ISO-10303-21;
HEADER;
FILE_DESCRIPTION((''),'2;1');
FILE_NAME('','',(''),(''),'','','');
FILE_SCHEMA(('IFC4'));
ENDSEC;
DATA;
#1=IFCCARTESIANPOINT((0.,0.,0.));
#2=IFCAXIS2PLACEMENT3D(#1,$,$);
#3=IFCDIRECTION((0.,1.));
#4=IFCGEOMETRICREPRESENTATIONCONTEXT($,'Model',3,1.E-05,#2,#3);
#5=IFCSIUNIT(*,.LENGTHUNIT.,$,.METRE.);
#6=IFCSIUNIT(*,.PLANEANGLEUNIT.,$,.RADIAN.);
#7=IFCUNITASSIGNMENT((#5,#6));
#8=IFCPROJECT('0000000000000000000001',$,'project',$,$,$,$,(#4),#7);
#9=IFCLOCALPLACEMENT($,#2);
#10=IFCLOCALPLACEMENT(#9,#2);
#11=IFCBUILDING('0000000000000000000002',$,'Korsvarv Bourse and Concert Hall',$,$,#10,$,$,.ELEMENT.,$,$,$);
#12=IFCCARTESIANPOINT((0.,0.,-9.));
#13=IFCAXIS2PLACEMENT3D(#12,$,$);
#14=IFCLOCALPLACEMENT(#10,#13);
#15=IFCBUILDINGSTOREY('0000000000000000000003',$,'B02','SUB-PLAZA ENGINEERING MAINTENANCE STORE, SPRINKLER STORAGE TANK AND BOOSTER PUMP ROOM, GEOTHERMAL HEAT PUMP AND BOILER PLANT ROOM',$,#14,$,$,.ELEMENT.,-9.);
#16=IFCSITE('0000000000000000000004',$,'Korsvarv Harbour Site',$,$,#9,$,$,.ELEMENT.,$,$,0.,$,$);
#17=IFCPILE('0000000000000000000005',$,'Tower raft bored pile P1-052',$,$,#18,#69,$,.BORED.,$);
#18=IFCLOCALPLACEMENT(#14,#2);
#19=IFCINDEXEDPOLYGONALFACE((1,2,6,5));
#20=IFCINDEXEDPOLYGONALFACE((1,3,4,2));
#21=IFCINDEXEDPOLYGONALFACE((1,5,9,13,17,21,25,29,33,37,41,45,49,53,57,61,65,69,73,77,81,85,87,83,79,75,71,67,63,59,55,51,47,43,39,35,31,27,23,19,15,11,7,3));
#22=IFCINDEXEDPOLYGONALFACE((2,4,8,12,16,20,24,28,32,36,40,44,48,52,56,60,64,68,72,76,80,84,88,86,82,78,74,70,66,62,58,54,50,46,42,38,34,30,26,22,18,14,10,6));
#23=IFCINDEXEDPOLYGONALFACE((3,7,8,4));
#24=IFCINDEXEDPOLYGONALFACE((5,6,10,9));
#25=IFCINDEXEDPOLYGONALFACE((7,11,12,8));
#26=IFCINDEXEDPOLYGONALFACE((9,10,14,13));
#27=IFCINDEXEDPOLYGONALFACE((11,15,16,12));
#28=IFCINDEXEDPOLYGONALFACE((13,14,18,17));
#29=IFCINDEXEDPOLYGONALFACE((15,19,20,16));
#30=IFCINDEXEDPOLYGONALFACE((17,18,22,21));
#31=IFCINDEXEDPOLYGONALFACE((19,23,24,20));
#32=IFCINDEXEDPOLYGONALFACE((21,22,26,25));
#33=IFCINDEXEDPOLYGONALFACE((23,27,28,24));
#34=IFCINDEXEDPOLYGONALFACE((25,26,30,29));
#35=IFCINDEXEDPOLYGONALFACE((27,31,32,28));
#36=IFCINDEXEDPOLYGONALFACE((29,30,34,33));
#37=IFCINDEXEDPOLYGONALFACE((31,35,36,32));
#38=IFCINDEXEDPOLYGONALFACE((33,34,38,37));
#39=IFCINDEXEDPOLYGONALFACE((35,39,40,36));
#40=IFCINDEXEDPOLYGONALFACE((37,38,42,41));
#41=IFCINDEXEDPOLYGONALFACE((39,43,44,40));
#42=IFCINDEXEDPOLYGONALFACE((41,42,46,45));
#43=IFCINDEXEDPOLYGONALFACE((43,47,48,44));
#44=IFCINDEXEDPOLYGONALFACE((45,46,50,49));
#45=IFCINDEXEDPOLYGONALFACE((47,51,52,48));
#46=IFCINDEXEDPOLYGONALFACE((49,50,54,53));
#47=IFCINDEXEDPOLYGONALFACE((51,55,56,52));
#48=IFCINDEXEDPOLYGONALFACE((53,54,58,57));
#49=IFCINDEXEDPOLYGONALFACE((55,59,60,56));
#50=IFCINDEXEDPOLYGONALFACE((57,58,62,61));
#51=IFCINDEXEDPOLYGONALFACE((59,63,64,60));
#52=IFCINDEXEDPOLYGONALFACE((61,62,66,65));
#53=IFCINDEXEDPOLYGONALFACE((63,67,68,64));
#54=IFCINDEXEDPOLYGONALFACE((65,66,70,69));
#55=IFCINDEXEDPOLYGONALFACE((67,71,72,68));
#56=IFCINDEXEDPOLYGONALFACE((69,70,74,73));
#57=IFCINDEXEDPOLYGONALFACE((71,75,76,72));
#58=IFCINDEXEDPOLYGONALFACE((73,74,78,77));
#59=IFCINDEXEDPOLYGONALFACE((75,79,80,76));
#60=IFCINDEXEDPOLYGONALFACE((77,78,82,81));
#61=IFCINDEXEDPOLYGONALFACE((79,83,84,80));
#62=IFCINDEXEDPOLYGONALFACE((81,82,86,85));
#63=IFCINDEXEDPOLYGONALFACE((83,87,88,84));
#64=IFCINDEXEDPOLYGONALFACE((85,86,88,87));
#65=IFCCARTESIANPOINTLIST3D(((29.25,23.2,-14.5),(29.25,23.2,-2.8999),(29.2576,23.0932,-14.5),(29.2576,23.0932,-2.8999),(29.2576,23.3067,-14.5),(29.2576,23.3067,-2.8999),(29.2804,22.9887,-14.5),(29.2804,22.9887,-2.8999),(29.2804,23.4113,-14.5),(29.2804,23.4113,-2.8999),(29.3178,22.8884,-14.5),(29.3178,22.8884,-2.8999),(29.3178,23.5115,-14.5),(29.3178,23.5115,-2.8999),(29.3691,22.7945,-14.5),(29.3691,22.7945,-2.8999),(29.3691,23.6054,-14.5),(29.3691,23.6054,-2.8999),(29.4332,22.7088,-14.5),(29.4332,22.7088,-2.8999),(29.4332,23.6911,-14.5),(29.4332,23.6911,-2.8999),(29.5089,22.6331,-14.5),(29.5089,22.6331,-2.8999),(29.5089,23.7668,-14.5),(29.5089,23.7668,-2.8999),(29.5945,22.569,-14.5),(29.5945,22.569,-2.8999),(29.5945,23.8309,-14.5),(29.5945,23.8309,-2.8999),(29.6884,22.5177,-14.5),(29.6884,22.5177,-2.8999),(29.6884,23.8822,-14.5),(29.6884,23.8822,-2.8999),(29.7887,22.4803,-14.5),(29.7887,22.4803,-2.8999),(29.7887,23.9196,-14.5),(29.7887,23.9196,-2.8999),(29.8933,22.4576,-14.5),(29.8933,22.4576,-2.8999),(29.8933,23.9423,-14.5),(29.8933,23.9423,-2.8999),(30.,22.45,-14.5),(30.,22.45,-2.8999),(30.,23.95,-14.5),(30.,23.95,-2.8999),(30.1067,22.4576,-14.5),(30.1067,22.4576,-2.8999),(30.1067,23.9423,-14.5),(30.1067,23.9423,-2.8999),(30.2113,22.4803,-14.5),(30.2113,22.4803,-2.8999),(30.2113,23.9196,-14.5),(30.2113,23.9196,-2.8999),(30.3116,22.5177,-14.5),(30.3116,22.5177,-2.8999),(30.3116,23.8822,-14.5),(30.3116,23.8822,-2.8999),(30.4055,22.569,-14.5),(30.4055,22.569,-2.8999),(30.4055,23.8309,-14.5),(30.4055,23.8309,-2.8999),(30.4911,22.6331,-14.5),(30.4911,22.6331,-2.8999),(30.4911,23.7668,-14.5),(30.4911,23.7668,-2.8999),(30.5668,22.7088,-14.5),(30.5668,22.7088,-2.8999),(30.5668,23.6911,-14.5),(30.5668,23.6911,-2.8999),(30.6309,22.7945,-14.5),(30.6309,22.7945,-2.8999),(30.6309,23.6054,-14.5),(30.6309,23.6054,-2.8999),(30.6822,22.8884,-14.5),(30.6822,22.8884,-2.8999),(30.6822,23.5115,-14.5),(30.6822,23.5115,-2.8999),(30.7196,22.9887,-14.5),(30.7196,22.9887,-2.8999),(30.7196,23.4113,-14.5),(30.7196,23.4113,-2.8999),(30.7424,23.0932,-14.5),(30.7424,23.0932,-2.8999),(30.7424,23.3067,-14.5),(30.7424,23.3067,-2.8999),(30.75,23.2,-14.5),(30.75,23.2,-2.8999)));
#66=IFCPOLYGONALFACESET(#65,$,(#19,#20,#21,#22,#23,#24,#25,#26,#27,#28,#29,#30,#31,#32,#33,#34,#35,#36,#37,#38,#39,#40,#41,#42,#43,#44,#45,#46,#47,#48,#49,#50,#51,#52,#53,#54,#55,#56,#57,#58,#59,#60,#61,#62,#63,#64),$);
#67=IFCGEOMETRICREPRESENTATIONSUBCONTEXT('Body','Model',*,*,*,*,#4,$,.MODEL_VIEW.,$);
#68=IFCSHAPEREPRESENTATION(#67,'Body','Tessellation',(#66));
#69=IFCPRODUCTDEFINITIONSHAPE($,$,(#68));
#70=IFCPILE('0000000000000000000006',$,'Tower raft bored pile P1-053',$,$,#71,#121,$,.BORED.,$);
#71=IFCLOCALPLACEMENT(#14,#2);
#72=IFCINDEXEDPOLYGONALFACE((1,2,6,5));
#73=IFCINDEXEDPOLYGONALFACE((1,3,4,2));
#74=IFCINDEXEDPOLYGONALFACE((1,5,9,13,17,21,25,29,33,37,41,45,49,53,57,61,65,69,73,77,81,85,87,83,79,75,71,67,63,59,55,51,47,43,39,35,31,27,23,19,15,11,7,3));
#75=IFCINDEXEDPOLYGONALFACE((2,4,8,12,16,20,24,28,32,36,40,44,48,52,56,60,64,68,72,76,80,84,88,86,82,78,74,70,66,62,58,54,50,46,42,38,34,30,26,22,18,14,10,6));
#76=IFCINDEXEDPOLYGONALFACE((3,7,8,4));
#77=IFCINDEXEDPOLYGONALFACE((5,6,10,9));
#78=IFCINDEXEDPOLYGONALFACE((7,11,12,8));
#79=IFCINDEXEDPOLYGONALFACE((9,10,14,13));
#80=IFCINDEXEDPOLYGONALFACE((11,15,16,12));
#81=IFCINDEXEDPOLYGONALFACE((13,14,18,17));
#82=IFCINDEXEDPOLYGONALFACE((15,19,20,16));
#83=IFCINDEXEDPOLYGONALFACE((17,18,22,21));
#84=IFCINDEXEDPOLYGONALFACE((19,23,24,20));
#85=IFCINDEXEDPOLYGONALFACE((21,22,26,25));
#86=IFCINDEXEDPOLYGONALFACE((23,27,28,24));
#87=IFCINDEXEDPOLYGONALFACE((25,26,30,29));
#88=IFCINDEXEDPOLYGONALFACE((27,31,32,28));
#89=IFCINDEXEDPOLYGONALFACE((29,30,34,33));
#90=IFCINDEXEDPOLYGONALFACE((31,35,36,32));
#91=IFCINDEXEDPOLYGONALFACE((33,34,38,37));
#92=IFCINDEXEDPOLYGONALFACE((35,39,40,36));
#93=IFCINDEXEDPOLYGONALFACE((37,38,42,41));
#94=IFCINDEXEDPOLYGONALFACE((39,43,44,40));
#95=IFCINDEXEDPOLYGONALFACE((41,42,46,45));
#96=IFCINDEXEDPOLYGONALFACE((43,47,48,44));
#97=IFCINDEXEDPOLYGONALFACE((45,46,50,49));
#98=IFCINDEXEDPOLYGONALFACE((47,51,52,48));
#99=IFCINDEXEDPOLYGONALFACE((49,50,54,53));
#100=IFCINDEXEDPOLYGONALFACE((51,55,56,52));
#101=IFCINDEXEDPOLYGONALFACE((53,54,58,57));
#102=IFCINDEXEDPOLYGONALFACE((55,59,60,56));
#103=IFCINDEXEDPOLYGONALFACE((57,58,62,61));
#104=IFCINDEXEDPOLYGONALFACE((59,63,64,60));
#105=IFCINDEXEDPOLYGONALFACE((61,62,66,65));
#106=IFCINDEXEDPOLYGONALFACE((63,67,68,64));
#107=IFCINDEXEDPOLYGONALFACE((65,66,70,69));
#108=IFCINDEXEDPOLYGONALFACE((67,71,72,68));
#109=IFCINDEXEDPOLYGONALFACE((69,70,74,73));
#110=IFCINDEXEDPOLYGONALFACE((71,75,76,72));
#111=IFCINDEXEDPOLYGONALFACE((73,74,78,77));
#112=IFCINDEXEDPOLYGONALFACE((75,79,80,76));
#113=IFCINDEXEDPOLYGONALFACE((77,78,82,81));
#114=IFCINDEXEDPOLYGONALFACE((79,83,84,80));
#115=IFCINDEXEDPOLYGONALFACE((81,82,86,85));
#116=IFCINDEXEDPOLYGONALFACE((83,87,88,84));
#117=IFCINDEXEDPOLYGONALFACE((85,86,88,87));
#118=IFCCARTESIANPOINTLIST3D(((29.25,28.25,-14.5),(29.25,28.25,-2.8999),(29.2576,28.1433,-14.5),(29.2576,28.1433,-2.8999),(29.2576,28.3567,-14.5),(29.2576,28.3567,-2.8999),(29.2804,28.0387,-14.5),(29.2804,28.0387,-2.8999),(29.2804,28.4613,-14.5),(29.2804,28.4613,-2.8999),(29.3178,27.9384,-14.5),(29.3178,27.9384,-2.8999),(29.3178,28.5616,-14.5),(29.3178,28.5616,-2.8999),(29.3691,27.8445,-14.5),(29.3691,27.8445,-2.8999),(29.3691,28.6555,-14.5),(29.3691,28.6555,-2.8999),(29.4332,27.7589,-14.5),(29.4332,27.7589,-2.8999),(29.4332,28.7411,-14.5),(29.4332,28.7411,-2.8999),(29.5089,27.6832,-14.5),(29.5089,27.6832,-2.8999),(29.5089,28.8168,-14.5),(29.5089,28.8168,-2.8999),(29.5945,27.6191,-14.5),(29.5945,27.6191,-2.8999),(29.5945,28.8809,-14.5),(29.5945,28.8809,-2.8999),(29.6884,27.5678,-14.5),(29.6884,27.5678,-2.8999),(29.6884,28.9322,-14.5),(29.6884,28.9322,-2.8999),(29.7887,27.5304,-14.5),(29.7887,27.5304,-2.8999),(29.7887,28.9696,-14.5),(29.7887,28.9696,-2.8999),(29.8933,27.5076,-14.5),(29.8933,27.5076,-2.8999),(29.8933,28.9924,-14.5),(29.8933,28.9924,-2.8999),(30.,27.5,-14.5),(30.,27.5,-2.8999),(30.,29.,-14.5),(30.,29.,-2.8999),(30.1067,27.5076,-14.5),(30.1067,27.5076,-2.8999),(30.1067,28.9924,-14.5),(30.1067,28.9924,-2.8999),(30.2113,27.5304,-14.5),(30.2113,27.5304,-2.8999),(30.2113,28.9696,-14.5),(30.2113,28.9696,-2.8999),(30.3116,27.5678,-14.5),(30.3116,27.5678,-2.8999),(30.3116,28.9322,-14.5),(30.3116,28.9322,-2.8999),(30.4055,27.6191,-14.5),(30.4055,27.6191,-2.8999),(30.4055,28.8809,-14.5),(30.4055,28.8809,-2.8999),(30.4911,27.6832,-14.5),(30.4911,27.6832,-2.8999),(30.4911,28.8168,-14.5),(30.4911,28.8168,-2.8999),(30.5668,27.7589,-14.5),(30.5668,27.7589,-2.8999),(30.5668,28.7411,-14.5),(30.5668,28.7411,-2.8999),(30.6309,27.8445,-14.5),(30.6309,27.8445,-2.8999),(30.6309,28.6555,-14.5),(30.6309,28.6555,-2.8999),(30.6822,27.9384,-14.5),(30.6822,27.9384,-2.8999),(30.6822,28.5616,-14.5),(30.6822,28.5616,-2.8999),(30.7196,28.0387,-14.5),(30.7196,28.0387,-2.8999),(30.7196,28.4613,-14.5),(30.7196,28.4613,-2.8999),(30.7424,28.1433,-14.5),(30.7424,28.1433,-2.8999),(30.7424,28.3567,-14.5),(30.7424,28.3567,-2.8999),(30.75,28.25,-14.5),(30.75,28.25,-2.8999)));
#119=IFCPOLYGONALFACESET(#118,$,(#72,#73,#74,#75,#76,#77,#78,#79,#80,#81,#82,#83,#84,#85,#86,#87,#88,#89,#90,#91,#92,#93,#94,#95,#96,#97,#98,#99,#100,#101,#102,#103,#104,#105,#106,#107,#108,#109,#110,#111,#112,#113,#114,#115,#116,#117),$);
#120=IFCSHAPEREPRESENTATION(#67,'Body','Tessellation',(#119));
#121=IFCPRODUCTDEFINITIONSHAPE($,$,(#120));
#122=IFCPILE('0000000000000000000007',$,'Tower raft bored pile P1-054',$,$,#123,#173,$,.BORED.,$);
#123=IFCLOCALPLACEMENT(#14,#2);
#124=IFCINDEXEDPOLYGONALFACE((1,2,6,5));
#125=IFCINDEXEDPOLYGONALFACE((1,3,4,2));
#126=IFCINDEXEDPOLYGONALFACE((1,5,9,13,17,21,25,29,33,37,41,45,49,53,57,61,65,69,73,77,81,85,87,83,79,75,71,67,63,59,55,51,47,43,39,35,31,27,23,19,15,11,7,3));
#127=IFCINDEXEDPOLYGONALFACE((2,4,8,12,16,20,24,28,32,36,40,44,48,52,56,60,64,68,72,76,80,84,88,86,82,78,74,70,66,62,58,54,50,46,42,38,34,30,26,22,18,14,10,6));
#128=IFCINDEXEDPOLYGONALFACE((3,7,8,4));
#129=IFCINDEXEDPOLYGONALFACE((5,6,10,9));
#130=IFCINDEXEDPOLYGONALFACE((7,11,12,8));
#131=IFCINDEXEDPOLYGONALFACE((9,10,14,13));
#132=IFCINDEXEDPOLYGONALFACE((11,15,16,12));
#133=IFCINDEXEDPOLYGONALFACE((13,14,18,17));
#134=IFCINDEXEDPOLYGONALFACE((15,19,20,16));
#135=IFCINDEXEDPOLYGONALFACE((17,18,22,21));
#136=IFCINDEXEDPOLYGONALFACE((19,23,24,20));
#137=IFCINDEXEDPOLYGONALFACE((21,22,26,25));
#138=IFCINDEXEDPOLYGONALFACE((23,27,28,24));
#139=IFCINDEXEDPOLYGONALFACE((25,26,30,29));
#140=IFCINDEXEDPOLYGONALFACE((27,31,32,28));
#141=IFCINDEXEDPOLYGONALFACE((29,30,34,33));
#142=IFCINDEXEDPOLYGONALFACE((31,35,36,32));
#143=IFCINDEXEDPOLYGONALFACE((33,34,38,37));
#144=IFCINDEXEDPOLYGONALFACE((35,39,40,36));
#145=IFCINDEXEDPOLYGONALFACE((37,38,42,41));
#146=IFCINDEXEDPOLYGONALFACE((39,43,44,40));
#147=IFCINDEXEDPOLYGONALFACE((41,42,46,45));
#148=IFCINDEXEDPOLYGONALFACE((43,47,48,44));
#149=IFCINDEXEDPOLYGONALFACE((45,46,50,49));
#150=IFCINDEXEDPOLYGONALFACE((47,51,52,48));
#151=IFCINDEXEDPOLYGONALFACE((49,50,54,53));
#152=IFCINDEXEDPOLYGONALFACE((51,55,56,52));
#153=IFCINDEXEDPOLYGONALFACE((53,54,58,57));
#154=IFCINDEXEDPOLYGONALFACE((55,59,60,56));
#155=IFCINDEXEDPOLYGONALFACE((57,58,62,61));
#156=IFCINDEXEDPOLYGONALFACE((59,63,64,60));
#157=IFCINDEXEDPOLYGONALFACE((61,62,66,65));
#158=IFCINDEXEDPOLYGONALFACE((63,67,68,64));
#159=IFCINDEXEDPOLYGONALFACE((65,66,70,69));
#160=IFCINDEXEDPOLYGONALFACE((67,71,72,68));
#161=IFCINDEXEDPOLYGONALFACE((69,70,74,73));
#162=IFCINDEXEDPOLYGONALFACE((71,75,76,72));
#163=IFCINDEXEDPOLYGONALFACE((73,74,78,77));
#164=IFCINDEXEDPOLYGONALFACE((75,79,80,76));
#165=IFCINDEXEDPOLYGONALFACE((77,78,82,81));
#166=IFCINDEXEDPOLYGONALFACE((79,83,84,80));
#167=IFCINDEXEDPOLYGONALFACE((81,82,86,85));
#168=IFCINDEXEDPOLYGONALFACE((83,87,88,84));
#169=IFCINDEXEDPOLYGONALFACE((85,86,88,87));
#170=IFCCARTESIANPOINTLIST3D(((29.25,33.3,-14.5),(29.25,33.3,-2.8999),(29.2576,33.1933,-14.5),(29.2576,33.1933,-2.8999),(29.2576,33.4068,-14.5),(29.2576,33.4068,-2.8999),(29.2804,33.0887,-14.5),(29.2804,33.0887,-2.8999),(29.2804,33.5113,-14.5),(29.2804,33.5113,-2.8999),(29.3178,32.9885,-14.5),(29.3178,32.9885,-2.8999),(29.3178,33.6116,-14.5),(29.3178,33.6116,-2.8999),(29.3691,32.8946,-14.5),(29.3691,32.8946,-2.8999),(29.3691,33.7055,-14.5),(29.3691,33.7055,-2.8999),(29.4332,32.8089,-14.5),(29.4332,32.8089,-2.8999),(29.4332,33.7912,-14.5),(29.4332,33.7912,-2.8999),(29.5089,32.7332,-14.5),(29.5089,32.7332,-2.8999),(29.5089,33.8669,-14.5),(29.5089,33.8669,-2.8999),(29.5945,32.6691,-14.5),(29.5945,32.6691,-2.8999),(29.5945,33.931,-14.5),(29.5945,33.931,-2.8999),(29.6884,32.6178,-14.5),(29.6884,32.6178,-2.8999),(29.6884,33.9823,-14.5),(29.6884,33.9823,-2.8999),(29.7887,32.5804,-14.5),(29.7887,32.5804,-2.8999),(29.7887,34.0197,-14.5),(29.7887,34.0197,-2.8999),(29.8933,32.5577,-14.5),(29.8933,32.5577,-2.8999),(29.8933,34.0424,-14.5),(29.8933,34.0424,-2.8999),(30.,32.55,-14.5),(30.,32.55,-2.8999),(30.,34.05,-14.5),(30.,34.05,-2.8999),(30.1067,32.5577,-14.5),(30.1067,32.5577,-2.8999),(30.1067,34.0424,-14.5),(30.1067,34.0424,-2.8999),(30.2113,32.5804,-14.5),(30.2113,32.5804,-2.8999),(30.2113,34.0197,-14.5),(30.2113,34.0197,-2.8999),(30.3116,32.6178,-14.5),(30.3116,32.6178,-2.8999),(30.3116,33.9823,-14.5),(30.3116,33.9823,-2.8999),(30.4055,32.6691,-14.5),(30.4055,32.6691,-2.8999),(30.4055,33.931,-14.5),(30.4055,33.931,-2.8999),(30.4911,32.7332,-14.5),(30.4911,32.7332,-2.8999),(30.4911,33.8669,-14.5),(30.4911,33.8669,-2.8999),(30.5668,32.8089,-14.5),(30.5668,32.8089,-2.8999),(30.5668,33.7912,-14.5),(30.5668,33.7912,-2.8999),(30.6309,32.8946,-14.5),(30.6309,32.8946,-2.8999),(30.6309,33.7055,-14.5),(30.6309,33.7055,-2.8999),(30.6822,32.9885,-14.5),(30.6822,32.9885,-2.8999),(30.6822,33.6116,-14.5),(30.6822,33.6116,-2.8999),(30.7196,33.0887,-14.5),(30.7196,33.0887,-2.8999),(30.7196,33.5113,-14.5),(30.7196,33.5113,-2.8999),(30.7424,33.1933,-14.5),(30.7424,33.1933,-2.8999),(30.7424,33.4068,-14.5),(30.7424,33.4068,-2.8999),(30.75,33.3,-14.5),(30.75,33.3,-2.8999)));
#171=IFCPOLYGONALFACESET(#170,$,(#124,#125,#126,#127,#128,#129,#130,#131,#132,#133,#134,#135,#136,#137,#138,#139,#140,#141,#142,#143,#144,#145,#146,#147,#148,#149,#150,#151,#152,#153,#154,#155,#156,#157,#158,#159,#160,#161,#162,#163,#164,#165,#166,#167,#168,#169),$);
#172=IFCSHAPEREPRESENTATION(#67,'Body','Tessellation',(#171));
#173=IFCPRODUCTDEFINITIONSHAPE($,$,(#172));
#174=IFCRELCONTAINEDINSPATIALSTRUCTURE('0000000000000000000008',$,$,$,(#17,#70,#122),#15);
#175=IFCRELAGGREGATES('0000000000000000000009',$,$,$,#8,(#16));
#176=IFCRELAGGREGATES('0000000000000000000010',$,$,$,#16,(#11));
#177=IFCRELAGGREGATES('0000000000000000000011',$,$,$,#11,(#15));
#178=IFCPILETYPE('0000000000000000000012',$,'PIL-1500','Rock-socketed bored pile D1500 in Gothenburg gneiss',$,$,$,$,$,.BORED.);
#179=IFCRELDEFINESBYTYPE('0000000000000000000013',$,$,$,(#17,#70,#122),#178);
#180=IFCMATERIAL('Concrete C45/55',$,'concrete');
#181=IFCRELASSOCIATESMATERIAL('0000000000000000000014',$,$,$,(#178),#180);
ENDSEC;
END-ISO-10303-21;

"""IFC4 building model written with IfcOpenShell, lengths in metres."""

from ifc_helpers import new_model, si_unit, direction, frame, origin, origin_2d, place, context, subcontext, project, spatial, circle, extrude, source, transform, mapped, material, material_profile, profile_set, type_object, element, save


model = new_model("IFC4")

# Units and contexts
model_context = context("Model", 3, precision=1e-05, world=origin(), true_north=direction((0.0, 1.0)))
body_context = subcontext(model_context, "Body", "Model", "MODEL_VIEW")
ifc_project = project(units=[si_unit("LENGTHUNIT", "METRE"), si_unit("PLANEANGLEUNIT", "RADIAN")], contexts=[model_context])

# Site, building, storey
site_placement = place(None, origin())
site = spatial("IfcSite", under=ifc_project, at=site_placement, Name="Korsvarv Harbour Site", CompositionType="ELEMENT", RefElevation=0.0)
building_placement = place(site_placement, origin())
building = spatial("IfcBuilding", under=site, at=building_placement, Name="Korsvarv Bourse and Concert Hall", CompositionType="ELEMENT")
storey_placement = place(building_placement, frame((0.0, 0.0, -9.0)))
storey = spatial("IfcBuildingStorey", under=building, at=storey_placement, Name="B02", Description="SUB-PLAZA ENGINEERING MAINTENANCE STORE, SPRINKLER STORAGE TANK AND BOOSTER PUMP ROOM, GEOTHERMAL HEAT PUMP AND BOILER PLANT ROOM", CompositionType="ELEMENT", Elevation=-9.0)

# Piles
ifc_material_1 = material(Name="Concrete C45/55", Category="concrete")
ifc_material_profile_1 = material_profile(ifc_material_1, circle(Radius=0.75, at=origin_2d()), Name="PILE D1500")
ifc_profile_set_1 = profile_set([ifc_material_profile_1], Name="Concrete C45/55")
pile_type = type_object("IfcPileType", Name="PIL-1500", Description="Rock-socketed bored pile D1500 in Gothenburg gneiss", PredefinedType="BORED", material=ifc_profile_set_1)
shared_shape_1 = source(origin(), body_context, "Body", "SweptSolid", [
    extrude(circle(Radius=0.75, at=origin_2d()), origin(), (0.0, 0.0, 1.0), 11.6001),
])
for number, where, z_axis, x_axis, name in (
    (1, (30.0, 23.2, -2.8999), (0.0, 0.0, -1.0), (1.0, 0.0, 0.0), "Tower raft bored pile P1-052"),
    (2, (30.0, 28.25, -2.8999), (0.0, 0.0, -1.0), (1.0, 0.0, 0.0), "Tower raft bored pile P1-053"),
    (3, (30.0, 33.3, -2.8999), (0.0, 0.0, -1.0), (1.0, 0.0, 0.0), "Tower raft bored pile P1-054"),
):
    element("IfcPile", number, at=place(storey_placement, frame(where, z_axis=z_axis, x_axis=x_axis)), inside=storey, type_object=pile_type, Name=name, PredefinedType="BORED", context=body_context, shape_type="MappedRepresentation", body=[
        mapped(shared_shape_1, transform((0.0, 0.0, 0.0), scale=1.0)),
    ])

save(model, "model.ifc")
